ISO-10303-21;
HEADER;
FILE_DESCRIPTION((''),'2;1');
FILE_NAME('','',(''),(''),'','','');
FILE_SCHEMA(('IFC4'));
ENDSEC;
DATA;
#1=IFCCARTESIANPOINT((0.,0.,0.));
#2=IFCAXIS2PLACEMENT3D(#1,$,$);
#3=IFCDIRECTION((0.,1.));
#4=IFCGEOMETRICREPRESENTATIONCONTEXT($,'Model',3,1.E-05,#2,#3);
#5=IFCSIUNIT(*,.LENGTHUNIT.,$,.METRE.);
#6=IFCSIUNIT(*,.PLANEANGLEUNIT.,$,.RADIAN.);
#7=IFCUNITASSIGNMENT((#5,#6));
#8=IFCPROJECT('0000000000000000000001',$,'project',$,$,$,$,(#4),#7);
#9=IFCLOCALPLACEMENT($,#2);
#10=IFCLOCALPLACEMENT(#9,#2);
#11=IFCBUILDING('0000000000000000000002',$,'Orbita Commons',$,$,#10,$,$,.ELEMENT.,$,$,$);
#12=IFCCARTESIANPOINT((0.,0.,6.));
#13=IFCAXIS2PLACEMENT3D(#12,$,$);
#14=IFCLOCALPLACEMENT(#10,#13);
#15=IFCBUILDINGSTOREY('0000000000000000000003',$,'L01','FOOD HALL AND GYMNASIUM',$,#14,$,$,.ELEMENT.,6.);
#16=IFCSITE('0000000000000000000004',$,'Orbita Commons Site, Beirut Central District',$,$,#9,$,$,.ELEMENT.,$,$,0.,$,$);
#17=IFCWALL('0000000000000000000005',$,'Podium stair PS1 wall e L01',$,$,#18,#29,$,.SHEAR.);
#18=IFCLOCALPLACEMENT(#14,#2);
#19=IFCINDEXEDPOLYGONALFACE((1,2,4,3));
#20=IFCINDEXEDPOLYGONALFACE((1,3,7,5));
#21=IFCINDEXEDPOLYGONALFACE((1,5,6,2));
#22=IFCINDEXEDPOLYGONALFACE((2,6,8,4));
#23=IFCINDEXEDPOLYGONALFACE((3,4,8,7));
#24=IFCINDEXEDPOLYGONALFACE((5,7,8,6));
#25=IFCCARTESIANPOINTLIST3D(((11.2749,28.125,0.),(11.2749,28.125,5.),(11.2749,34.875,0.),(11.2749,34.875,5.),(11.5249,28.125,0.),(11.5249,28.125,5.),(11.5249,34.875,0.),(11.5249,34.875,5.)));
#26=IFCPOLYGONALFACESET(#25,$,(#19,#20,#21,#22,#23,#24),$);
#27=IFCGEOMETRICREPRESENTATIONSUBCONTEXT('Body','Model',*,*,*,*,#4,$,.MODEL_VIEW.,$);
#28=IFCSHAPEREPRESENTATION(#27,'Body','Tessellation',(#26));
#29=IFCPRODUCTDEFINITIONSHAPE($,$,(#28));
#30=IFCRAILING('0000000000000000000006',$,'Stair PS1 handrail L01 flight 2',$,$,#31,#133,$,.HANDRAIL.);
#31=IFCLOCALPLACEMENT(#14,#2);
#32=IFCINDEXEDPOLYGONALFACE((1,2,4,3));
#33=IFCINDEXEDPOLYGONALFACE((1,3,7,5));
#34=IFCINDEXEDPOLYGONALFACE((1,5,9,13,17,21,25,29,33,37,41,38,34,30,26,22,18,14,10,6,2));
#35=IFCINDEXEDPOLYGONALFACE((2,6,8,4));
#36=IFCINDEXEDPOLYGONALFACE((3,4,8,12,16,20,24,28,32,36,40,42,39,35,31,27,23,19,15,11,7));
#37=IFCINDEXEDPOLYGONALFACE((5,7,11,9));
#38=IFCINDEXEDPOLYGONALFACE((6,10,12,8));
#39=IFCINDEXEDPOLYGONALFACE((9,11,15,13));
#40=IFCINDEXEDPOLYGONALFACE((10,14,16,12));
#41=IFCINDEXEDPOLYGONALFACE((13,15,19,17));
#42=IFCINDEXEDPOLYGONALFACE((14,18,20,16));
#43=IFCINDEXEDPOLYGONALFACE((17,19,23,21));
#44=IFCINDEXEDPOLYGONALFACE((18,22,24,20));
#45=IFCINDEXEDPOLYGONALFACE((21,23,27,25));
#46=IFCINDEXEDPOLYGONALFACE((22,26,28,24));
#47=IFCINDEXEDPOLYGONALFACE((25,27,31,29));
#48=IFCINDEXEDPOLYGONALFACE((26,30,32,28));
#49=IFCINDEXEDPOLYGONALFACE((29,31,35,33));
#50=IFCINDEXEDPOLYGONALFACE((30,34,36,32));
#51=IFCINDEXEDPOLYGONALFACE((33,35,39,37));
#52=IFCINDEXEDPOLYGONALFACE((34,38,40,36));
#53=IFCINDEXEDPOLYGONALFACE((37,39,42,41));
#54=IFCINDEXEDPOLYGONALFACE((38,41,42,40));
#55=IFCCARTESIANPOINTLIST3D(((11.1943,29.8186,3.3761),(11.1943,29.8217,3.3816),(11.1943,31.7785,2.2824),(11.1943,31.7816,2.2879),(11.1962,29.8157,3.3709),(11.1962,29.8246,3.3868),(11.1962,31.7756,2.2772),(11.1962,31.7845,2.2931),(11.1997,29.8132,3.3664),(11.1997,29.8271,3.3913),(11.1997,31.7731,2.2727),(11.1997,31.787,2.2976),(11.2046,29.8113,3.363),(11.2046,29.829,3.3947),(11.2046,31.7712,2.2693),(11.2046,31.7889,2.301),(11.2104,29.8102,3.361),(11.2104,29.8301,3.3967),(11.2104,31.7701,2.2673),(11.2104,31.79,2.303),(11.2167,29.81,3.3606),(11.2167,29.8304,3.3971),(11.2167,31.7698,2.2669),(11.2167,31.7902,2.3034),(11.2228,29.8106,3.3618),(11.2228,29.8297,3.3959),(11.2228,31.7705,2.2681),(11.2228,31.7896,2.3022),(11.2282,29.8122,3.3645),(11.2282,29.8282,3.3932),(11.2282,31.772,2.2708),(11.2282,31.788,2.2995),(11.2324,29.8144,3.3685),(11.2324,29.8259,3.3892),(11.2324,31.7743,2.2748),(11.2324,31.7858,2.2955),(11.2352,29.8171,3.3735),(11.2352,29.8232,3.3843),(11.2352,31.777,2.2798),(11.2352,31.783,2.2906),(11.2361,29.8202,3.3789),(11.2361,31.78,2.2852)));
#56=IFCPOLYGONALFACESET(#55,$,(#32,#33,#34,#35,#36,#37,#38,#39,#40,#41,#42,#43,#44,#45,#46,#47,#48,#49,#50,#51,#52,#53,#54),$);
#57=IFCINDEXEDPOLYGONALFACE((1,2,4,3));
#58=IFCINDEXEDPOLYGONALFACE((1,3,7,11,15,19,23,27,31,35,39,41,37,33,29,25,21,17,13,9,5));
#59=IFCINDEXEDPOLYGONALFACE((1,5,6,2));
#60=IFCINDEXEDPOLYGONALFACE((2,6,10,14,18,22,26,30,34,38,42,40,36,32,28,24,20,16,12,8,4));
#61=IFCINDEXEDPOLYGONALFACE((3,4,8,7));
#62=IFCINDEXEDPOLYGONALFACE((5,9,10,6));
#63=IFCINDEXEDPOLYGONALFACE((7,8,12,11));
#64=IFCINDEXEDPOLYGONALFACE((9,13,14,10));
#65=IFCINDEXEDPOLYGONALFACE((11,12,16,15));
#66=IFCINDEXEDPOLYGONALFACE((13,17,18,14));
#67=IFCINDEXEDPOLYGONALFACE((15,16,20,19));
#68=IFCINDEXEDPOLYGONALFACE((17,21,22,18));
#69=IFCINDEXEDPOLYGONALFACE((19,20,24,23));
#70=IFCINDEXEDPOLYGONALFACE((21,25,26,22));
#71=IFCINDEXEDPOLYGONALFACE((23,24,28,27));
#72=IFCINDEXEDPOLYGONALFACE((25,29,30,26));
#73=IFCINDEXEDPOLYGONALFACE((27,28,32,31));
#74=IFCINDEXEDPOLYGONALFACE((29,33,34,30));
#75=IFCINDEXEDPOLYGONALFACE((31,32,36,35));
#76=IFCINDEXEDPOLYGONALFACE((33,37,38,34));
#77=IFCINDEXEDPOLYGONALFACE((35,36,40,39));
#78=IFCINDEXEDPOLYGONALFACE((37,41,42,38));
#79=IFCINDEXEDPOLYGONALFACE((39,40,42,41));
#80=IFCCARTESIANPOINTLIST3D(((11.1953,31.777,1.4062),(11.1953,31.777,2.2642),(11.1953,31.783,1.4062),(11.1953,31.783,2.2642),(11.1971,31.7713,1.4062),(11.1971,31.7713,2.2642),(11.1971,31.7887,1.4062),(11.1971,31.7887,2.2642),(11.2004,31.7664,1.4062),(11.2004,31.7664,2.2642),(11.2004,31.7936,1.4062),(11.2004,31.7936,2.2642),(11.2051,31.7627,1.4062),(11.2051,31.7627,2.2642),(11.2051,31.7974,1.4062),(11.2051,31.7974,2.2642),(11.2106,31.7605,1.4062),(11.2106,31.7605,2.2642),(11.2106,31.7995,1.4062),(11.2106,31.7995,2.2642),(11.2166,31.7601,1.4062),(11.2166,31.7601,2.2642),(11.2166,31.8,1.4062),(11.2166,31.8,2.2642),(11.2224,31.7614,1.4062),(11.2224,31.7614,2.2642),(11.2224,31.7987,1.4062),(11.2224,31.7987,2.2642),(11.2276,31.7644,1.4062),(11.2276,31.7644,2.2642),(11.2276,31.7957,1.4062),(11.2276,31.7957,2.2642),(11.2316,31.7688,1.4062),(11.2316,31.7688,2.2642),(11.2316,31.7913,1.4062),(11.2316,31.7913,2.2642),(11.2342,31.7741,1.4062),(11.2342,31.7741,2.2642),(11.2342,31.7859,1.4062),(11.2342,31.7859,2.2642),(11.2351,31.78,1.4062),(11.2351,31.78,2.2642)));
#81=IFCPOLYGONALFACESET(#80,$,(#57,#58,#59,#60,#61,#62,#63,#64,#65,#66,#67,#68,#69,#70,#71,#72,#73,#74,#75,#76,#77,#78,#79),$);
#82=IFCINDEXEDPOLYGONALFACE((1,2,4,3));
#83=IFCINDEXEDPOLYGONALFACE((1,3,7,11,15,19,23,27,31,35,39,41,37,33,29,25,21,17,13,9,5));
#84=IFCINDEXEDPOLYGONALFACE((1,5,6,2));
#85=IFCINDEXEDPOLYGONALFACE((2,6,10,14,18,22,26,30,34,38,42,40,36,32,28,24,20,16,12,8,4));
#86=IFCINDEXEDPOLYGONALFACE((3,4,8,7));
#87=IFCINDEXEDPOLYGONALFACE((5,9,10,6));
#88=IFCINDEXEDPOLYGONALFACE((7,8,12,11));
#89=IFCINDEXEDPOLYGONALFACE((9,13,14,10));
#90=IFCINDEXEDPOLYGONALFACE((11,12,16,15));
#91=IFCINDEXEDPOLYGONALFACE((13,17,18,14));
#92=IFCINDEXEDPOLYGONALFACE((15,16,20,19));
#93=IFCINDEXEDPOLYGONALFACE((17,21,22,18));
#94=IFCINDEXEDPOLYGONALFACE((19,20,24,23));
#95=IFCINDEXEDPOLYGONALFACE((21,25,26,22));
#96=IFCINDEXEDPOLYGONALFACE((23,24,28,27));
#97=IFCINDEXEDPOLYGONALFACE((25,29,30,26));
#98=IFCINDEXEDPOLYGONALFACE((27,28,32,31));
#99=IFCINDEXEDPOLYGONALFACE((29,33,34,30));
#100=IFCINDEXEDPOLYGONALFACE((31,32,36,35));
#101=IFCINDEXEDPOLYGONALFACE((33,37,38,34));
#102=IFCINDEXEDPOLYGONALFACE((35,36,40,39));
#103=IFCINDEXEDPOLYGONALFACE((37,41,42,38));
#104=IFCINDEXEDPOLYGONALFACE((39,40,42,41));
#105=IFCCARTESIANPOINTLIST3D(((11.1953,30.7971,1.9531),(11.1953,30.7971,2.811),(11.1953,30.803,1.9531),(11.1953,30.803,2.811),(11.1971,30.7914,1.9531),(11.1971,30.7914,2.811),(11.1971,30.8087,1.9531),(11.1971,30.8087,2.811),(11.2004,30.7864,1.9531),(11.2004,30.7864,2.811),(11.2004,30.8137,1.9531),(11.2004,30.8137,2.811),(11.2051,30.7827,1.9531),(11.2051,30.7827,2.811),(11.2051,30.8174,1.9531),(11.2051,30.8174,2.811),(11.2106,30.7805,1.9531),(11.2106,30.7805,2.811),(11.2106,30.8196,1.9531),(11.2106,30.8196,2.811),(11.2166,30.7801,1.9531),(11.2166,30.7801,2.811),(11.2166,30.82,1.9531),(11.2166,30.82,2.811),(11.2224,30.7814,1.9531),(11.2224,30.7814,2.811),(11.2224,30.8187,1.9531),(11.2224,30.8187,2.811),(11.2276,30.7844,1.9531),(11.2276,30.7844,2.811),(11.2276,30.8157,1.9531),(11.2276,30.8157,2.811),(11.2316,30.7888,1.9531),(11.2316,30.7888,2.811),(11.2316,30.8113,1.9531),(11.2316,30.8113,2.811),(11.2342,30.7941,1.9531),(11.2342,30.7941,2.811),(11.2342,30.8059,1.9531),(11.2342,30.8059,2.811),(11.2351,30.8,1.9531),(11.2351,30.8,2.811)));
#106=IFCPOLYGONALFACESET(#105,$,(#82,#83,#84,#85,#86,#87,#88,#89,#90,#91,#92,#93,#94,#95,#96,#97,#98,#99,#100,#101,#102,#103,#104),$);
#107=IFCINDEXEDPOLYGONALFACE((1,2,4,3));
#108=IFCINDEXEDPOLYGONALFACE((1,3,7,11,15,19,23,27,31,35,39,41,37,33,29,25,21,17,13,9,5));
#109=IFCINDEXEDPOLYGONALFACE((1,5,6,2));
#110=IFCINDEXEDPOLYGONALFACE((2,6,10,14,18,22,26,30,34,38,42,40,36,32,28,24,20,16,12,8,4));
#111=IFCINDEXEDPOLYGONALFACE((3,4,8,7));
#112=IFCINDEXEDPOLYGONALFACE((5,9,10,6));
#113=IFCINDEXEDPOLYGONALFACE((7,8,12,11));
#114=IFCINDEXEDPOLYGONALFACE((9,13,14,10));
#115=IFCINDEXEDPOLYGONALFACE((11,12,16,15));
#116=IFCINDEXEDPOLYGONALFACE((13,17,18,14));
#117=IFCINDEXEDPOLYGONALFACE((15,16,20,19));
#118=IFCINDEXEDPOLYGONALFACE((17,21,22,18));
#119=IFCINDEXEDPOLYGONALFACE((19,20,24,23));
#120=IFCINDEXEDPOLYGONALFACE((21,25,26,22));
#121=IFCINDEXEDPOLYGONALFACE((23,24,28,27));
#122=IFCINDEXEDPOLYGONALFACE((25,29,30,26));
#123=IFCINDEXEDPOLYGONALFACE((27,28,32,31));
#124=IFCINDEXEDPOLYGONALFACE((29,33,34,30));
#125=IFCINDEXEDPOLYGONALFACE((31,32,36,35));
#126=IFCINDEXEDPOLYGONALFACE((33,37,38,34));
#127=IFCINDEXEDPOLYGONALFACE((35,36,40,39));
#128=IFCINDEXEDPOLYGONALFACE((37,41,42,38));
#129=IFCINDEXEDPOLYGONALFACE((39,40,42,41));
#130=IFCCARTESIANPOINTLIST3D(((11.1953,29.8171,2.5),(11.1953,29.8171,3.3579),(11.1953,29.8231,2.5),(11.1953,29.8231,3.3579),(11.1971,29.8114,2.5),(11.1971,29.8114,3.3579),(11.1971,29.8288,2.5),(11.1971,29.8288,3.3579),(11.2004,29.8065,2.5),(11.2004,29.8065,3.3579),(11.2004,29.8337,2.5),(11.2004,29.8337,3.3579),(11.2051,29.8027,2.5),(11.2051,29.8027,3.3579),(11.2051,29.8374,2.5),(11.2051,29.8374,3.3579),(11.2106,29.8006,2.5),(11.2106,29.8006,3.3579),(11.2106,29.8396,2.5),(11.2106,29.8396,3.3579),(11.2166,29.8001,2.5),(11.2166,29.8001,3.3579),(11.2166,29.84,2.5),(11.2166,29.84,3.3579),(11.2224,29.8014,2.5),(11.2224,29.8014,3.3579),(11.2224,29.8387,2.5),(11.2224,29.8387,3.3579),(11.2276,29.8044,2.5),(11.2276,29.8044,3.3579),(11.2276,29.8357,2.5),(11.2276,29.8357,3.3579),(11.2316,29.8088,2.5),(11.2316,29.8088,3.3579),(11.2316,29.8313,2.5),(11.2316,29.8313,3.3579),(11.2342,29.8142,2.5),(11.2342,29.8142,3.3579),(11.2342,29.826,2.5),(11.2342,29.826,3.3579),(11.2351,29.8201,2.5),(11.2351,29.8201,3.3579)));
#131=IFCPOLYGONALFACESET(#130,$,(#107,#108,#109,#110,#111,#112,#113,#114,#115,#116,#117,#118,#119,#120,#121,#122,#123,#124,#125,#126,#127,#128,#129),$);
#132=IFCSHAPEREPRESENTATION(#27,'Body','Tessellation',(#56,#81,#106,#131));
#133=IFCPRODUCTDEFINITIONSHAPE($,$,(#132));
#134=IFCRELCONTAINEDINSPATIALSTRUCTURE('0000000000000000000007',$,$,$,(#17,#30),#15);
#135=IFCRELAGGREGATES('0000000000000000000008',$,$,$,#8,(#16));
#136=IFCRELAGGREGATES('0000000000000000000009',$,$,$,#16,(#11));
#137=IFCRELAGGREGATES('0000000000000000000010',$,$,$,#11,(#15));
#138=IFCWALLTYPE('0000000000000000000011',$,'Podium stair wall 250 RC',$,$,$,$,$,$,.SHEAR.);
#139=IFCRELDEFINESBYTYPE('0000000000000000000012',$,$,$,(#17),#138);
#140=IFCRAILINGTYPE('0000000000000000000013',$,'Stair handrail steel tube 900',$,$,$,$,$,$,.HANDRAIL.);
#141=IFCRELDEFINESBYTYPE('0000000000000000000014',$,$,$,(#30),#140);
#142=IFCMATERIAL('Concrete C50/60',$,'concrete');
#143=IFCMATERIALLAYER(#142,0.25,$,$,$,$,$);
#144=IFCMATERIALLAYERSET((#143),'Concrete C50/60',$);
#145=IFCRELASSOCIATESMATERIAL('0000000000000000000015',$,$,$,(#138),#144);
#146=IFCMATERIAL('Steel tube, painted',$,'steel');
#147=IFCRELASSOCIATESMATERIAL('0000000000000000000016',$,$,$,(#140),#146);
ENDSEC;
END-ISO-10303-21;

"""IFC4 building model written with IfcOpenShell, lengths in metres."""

from ifc_helpers import new_model, si_unit, direction, frame, frame_2d, origin, origin_2d, place, context, subcontext, project, spatial, rectangle, circle, extrude, material, layer, layer_set, type_object, element, save


model = new_model("IFC4")

# Units and contexts
model_context = context("Model", 3, precision=1e-05, world=origin(), true_north=direction((0.0, 1.0)))
body_context = subcontext(model_context, "Body", "Model", "MODEL_VIEW")
ifc_project = project(units=[si_unit("LENGTHUNIT", "METRE"), si_unit("PLANEANGLEUNIT", "RADIAN")], contexts=[model_context])

# Site, building, storey
site_placement = place(None, origin())
site = spatial("IfcSite", under=ifc_project, at=site_placement, Name="Orbita Commons Site, Beirut Central District", CompositionType="ELEMENT", RefElevation=0.0)
building_placement = place(site_placement, origin())
building = spatial("IfcBuilding", under=site, at=building_placement, Name="Orbita Commons", CompositionType="ELEMENT")
storey_placement = place(building_placement, frame((0.0, 0.0, 6.0)))
storey = spatial("IfcBuildingStorey", under=building, at=storey_placement, Name="L01", Description="FOOD HALL AND GYMNASIUM", CompositionType="ELEMENT", Elevation=6.0)

# Wall
ifc_material_1 = material(Name="Concrete C50/60", Category="concrete")
ifc_layer_1 = layer(ifc_material_1, 0.25)
ifc_layer_set_1 = layer_set([ifc_layer_1], Name="Concrete C50/60")
wall_type_1 = type_object("IfcWallType", Name="Podium stair wall 250 RC", PredefinedType="SHEAR", material=ifc_layer_set_1)
wall_1_placement = place(storey_placement, frame((11.3999, 28.125, 0.0), z_axis=(0.0, 0.0, 1.0), x_axis=(0.0, 1.0, 0.0)))
element("IfcWall", 1, at=wall_1_placement, inside=storey, type_object=wall_type_1, Name="Podium stair PS1 wall e L01", PredefinedType="SHEAR", context=body_context, shape_type="SweptSolid", body=[
    extrude(rectangle(XDim=6.75, YDim=0.25, at=frame_2d((3.375, 0.0))), origin(), (0.0, 0.0, 1.0), 5.0),
])

# Railing
ifc_material_2 = material(Name="Steel tube, painted", Category="steel")
railing_type = type_object("IfcRailingType", Name="Stair handrail steel tube 900", PredefinedType="HANDRAIL", material=ifc_material_2)
for number, where, name in (
    (2, (11.2151, 31.78, 1.4062), "Stair PS1 handrail L01 flight 2"),
):
    element("IfcRailing", number, at=place(storey_placement, frame(where)), inside=storey, type_object=railing_type, Name=name, PredefinedType="HANDRAIL", context=body_context, shape_type="SweptSolid", body=[
        extrude(circle(Radius=0.021, at=origin_2d()), frame((0.0, 0.0, 0.8789), z_axis=(0.0, -0.873232, 0.487304), x_axis=(1.0, 0.0, 0.0)), (0.0, 0.0, 1.0), 2.2444),
        extrude(circle(Radius=0.02, at=origin_2d()), origin(), (0.0, 0.0, 1.0), 0.8579),
        extrude(circle(Radius=0.02, at=origin_2d()), frame((0.0, -0.98, 0.5469)), (0.0, 0.0, 1.0), 0.8579),
        extrude(circle(Radius=0.02, at=origin_2d()), frame((0.0, -1.96, 1.0938)), (0.0, 0.0, 1.0), 0.8579),
    ])

save(model, "model.ifc")
